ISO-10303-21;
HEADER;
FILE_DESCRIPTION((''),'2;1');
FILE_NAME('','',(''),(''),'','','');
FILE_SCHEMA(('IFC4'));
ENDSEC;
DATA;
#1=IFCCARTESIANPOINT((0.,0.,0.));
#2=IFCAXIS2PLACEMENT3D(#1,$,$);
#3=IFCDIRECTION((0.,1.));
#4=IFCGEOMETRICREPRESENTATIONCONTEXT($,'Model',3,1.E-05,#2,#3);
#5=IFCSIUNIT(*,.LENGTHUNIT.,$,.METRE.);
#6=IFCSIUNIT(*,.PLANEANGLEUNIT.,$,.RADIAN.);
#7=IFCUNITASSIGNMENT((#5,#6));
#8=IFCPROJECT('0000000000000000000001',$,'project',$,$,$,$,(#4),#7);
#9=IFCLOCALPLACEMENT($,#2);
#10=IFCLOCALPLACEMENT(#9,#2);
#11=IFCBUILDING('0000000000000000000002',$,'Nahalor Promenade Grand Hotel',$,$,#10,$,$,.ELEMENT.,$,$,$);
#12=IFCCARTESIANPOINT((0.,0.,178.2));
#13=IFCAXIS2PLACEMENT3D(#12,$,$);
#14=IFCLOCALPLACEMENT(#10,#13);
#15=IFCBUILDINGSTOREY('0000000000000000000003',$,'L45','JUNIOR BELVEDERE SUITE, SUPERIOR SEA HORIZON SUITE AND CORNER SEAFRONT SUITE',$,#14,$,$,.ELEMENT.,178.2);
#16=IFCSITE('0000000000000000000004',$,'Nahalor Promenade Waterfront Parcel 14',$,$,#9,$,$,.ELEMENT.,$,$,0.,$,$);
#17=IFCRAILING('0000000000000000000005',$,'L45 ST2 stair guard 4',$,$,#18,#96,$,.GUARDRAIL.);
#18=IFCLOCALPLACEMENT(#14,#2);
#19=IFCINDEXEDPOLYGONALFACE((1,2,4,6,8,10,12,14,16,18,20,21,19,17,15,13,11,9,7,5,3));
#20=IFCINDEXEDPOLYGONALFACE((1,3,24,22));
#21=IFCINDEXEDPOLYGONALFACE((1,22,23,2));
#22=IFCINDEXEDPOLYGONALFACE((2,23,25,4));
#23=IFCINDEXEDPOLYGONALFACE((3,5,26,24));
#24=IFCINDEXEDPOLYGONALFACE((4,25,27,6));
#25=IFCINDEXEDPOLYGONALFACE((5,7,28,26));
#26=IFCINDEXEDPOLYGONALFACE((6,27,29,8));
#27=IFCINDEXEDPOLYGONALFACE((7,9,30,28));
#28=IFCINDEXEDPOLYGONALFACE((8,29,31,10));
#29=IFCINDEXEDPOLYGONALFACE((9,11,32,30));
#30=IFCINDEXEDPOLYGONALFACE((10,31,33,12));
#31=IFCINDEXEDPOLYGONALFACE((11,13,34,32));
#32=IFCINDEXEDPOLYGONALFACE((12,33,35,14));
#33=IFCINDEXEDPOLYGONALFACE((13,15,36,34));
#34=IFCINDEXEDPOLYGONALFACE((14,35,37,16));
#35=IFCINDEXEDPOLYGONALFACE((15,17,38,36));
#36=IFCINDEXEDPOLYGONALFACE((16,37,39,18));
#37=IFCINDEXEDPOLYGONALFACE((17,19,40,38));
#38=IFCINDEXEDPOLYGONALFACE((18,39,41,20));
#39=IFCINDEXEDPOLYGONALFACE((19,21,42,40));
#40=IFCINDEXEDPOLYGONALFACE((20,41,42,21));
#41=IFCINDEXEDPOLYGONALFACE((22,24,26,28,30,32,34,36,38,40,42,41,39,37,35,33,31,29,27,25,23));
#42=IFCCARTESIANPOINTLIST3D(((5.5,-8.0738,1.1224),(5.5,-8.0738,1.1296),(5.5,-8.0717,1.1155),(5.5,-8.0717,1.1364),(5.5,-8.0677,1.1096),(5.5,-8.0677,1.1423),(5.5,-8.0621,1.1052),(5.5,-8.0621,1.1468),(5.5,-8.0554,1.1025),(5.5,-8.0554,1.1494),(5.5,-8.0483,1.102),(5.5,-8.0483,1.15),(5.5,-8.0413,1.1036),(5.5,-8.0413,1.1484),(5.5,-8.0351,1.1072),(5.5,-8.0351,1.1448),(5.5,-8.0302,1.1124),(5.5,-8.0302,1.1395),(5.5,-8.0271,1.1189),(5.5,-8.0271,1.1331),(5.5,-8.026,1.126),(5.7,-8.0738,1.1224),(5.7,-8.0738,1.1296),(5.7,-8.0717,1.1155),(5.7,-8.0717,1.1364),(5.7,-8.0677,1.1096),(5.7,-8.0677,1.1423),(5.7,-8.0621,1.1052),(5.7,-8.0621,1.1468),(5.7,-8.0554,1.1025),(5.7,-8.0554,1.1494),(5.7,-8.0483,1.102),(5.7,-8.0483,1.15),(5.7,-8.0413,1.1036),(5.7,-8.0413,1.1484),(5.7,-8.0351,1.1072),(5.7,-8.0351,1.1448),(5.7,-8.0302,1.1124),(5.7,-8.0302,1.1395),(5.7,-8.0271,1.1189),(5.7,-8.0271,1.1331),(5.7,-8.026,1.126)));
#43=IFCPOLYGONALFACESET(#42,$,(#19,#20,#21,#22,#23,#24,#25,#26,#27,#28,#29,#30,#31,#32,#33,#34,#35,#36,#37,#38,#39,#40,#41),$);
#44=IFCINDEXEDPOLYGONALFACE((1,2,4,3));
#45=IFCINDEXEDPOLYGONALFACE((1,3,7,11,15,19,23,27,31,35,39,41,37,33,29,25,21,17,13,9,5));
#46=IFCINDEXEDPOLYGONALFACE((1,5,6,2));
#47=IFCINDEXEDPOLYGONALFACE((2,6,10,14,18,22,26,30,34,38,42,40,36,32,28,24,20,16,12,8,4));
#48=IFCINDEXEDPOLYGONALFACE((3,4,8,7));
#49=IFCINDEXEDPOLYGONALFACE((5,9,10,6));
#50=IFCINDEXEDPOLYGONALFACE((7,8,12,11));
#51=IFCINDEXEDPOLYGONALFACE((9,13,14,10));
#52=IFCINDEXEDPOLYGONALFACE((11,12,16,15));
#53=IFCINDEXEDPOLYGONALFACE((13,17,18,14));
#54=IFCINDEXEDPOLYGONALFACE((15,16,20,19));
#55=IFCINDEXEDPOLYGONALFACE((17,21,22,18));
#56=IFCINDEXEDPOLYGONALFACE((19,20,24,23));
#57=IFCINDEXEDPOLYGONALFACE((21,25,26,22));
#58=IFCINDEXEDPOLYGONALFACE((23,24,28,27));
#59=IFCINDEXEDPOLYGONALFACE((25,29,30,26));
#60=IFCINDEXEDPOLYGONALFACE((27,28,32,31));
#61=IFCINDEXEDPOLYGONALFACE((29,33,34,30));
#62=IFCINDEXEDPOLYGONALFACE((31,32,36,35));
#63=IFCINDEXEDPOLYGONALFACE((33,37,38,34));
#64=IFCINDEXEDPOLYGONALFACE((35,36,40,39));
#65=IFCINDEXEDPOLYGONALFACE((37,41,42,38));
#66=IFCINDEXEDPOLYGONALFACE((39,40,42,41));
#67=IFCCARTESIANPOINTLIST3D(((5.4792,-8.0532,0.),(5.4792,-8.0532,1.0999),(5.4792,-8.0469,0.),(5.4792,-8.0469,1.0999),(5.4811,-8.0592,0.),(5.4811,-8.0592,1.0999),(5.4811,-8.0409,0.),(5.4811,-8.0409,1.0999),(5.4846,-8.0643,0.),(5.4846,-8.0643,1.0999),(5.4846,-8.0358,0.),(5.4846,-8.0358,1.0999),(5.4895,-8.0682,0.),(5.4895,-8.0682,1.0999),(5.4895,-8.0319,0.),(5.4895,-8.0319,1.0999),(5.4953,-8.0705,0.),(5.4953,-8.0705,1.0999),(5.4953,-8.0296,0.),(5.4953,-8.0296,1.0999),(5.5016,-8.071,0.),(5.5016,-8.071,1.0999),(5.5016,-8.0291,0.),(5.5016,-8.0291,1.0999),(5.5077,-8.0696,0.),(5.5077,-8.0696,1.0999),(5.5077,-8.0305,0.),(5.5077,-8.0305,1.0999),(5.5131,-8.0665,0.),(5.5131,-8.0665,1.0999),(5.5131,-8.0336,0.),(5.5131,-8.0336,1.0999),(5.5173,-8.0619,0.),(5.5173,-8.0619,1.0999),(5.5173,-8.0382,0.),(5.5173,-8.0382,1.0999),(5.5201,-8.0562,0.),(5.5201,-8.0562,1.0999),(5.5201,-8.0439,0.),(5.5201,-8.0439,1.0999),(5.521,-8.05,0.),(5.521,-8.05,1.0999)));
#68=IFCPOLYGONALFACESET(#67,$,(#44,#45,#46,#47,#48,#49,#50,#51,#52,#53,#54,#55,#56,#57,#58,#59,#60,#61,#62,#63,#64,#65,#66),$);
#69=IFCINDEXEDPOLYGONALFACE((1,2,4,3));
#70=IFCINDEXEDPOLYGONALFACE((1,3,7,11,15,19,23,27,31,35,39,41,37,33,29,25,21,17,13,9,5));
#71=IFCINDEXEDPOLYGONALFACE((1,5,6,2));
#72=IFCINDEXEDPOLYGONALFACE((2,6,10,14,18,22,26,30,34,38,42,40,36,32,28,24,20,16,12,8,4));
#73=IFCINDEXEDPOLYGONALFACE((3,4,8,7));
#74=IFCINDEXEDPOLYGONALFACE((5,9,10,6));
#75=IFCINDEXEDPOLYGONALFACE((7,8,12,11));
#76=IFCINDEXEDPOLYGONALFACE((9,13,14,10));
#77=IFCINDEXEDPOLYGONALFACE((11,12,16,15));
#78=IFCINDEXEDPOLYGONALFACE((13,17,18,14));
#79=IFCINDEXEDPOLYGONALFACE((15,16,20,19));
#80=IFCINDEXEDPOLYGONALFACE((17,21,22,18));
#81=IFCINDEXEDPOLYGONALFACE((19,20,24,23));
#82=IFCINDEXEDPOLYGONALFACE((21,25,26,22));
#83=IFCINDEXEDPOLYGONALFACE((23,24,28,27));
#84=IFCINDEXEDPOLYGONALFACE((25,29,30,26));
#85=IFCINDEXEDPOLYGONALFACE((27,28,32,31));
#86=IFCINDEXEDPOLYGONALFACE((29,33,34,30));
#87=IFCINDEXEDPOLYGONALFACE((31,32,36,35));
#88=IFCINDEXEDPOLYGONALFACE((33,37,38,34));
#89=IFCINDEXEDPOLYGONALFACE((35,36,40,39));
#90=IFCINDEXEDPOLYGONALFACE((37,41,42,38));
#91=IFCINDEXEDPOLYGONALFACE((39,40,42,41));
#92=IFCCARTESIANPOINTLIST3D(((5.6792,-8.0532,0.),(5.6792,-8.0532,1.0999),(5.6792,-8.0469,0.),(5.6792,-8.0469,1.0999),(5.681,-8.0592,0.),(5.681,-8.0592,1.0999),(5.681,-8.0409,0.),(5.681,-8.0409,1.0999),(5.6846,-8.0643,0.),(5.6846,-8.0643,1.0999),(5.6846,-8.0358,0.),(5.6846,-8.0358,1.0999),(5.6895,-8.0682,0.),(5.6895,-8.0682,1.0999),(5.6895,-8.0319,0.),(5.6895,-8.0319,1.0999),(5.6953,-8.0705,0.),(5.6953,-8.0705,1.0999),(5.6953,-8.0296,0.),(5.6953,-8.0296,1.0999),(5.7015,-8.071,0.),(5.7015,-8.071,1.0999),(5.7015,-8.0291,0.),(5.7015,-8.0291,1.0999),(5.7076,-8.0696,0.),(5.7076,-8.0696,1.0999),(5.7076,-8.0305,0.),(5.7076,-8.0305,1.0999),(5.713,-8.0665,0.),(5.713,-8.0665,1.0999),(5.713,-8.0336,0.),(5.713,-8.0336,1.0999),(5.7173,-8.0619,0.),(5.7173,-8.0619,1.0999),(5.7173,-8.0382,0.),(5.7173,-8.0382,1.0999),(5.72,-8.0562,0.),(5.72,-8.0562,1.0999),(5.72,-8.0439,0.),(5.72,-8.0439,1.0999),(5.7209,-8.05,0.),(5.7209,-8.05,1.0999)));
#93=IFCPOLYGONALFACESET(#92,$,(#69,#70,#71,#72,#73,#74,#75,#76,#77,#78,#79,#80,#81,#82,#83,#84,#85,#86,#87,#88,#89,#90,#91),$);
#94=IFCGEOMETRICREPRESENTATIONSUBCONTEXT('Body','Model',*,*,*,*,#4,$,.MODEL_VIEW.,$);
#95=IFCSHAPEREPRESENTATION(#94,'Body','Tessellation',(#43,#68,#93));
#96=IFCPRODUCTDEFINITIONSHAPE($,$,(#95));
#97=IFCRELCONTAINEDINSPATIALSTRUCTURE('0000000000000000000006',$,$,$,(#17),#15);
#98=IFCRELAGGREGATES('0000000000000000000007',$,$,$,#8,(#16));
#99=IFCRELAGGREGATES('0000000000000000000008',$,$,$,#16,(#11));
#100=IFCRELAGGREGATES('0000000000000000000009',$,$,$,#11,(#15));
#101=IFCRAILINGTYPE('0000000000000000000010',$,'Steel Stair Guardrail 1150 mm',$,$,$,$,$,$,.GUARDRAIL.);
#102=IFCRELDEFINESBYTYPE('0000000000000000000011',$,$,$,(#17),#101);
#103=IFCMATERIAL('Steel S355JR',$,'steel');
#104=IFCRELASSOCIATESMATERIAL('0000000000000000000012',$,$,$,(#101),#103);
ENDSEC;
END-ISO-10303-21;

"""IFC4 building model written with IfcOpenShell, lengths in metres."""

from ifc_helpers import new_model, si_unit, direction, frame, origin, origin_2d, place, context, subcontext, project, spatial, circle, extrude, material, type_object, element, save


model = new_model("IFC4")

# Units and contexts
model_context = context("Model", 3, precision=1e-05, world=origin(), true_north=direction((0.0, 1.0)))
body_context = subcontext(model_context, "Body", "Model", "MODEL_VIEW")
ifc_project = project(units=[si_unit("LENGTHUNIT", "METRE"), si_unit("PLANEANGLEUNIT", "RADIAN")], contexts=[model_context])

# Site, building, storey
site_placement = place(None, origin())
site = spatial("IfcSite", under=ifc_project, at=site_placement, Name="Nahalor Promenade Waterfront Parcel 14", CompositionType="ELEMENT", RefElevation=0.0)
building_placement = place(site_placement, origin())
building = spatial("IfcBuilding", under=site, at=building_placement, Name="Nahalor Promenade Grand Hotel", CompositionType="ELEMENT")
storey_placement = place(building_placement, frame((0.0, 0.0, 178.2)))
storey = spatial("IfcBuildingStorey", under=building, at=storey_placement, Name="L45", Description="JUNIOR BELVEDERE SUITE, SUPERIOR SEA HORIZON SUITE AND CORNER SEAFRONT SUITE", CompositionType="ELEMENT", Elevation=178.2)

# Shared definitions
ifc_material_1 = material(Name="Steel S355JR", Category="steel")

# Railing
railing_type_1 = type_object("IfcRailingType", Name="Steel Stair Guardrail 1150 mm", PredefinedType="GUARDRAIL", material=ifc_material_1)
railing_1_placement = place(storey_placement, frame((5.5, -8.05, 0.0)))
element("IfcRailing", 1, at=railing_1_placement, inside=storey, type_object=railing_type_1, Name="L45 ST2 stair guard 4", PredefinedType="GUARDRAIL", context=body_context, shape_type="SweptSolid", body=[
    extrude(circle(Radius=0.024, at=origin_2d()), frame((0.0, 0.0, 1.126), z_axis=(1.0, 0.0, 0.0), x_axis=(0.0, 1.0, 0.0)), (0.0, 0.0, 1.0), 0.2),
    extrude(circle(Radius=0.021, at=origin_2d()), origin(), (0.0, 0.0, 1.0), 1.0999),
    extrude(circle(Radius=0.021, at=origin_2d()), frame((0.2, 0.0, 0.0)), (0.0, 0.0, 1.0), 1.0999),
])

save(model, "model.ifc")
